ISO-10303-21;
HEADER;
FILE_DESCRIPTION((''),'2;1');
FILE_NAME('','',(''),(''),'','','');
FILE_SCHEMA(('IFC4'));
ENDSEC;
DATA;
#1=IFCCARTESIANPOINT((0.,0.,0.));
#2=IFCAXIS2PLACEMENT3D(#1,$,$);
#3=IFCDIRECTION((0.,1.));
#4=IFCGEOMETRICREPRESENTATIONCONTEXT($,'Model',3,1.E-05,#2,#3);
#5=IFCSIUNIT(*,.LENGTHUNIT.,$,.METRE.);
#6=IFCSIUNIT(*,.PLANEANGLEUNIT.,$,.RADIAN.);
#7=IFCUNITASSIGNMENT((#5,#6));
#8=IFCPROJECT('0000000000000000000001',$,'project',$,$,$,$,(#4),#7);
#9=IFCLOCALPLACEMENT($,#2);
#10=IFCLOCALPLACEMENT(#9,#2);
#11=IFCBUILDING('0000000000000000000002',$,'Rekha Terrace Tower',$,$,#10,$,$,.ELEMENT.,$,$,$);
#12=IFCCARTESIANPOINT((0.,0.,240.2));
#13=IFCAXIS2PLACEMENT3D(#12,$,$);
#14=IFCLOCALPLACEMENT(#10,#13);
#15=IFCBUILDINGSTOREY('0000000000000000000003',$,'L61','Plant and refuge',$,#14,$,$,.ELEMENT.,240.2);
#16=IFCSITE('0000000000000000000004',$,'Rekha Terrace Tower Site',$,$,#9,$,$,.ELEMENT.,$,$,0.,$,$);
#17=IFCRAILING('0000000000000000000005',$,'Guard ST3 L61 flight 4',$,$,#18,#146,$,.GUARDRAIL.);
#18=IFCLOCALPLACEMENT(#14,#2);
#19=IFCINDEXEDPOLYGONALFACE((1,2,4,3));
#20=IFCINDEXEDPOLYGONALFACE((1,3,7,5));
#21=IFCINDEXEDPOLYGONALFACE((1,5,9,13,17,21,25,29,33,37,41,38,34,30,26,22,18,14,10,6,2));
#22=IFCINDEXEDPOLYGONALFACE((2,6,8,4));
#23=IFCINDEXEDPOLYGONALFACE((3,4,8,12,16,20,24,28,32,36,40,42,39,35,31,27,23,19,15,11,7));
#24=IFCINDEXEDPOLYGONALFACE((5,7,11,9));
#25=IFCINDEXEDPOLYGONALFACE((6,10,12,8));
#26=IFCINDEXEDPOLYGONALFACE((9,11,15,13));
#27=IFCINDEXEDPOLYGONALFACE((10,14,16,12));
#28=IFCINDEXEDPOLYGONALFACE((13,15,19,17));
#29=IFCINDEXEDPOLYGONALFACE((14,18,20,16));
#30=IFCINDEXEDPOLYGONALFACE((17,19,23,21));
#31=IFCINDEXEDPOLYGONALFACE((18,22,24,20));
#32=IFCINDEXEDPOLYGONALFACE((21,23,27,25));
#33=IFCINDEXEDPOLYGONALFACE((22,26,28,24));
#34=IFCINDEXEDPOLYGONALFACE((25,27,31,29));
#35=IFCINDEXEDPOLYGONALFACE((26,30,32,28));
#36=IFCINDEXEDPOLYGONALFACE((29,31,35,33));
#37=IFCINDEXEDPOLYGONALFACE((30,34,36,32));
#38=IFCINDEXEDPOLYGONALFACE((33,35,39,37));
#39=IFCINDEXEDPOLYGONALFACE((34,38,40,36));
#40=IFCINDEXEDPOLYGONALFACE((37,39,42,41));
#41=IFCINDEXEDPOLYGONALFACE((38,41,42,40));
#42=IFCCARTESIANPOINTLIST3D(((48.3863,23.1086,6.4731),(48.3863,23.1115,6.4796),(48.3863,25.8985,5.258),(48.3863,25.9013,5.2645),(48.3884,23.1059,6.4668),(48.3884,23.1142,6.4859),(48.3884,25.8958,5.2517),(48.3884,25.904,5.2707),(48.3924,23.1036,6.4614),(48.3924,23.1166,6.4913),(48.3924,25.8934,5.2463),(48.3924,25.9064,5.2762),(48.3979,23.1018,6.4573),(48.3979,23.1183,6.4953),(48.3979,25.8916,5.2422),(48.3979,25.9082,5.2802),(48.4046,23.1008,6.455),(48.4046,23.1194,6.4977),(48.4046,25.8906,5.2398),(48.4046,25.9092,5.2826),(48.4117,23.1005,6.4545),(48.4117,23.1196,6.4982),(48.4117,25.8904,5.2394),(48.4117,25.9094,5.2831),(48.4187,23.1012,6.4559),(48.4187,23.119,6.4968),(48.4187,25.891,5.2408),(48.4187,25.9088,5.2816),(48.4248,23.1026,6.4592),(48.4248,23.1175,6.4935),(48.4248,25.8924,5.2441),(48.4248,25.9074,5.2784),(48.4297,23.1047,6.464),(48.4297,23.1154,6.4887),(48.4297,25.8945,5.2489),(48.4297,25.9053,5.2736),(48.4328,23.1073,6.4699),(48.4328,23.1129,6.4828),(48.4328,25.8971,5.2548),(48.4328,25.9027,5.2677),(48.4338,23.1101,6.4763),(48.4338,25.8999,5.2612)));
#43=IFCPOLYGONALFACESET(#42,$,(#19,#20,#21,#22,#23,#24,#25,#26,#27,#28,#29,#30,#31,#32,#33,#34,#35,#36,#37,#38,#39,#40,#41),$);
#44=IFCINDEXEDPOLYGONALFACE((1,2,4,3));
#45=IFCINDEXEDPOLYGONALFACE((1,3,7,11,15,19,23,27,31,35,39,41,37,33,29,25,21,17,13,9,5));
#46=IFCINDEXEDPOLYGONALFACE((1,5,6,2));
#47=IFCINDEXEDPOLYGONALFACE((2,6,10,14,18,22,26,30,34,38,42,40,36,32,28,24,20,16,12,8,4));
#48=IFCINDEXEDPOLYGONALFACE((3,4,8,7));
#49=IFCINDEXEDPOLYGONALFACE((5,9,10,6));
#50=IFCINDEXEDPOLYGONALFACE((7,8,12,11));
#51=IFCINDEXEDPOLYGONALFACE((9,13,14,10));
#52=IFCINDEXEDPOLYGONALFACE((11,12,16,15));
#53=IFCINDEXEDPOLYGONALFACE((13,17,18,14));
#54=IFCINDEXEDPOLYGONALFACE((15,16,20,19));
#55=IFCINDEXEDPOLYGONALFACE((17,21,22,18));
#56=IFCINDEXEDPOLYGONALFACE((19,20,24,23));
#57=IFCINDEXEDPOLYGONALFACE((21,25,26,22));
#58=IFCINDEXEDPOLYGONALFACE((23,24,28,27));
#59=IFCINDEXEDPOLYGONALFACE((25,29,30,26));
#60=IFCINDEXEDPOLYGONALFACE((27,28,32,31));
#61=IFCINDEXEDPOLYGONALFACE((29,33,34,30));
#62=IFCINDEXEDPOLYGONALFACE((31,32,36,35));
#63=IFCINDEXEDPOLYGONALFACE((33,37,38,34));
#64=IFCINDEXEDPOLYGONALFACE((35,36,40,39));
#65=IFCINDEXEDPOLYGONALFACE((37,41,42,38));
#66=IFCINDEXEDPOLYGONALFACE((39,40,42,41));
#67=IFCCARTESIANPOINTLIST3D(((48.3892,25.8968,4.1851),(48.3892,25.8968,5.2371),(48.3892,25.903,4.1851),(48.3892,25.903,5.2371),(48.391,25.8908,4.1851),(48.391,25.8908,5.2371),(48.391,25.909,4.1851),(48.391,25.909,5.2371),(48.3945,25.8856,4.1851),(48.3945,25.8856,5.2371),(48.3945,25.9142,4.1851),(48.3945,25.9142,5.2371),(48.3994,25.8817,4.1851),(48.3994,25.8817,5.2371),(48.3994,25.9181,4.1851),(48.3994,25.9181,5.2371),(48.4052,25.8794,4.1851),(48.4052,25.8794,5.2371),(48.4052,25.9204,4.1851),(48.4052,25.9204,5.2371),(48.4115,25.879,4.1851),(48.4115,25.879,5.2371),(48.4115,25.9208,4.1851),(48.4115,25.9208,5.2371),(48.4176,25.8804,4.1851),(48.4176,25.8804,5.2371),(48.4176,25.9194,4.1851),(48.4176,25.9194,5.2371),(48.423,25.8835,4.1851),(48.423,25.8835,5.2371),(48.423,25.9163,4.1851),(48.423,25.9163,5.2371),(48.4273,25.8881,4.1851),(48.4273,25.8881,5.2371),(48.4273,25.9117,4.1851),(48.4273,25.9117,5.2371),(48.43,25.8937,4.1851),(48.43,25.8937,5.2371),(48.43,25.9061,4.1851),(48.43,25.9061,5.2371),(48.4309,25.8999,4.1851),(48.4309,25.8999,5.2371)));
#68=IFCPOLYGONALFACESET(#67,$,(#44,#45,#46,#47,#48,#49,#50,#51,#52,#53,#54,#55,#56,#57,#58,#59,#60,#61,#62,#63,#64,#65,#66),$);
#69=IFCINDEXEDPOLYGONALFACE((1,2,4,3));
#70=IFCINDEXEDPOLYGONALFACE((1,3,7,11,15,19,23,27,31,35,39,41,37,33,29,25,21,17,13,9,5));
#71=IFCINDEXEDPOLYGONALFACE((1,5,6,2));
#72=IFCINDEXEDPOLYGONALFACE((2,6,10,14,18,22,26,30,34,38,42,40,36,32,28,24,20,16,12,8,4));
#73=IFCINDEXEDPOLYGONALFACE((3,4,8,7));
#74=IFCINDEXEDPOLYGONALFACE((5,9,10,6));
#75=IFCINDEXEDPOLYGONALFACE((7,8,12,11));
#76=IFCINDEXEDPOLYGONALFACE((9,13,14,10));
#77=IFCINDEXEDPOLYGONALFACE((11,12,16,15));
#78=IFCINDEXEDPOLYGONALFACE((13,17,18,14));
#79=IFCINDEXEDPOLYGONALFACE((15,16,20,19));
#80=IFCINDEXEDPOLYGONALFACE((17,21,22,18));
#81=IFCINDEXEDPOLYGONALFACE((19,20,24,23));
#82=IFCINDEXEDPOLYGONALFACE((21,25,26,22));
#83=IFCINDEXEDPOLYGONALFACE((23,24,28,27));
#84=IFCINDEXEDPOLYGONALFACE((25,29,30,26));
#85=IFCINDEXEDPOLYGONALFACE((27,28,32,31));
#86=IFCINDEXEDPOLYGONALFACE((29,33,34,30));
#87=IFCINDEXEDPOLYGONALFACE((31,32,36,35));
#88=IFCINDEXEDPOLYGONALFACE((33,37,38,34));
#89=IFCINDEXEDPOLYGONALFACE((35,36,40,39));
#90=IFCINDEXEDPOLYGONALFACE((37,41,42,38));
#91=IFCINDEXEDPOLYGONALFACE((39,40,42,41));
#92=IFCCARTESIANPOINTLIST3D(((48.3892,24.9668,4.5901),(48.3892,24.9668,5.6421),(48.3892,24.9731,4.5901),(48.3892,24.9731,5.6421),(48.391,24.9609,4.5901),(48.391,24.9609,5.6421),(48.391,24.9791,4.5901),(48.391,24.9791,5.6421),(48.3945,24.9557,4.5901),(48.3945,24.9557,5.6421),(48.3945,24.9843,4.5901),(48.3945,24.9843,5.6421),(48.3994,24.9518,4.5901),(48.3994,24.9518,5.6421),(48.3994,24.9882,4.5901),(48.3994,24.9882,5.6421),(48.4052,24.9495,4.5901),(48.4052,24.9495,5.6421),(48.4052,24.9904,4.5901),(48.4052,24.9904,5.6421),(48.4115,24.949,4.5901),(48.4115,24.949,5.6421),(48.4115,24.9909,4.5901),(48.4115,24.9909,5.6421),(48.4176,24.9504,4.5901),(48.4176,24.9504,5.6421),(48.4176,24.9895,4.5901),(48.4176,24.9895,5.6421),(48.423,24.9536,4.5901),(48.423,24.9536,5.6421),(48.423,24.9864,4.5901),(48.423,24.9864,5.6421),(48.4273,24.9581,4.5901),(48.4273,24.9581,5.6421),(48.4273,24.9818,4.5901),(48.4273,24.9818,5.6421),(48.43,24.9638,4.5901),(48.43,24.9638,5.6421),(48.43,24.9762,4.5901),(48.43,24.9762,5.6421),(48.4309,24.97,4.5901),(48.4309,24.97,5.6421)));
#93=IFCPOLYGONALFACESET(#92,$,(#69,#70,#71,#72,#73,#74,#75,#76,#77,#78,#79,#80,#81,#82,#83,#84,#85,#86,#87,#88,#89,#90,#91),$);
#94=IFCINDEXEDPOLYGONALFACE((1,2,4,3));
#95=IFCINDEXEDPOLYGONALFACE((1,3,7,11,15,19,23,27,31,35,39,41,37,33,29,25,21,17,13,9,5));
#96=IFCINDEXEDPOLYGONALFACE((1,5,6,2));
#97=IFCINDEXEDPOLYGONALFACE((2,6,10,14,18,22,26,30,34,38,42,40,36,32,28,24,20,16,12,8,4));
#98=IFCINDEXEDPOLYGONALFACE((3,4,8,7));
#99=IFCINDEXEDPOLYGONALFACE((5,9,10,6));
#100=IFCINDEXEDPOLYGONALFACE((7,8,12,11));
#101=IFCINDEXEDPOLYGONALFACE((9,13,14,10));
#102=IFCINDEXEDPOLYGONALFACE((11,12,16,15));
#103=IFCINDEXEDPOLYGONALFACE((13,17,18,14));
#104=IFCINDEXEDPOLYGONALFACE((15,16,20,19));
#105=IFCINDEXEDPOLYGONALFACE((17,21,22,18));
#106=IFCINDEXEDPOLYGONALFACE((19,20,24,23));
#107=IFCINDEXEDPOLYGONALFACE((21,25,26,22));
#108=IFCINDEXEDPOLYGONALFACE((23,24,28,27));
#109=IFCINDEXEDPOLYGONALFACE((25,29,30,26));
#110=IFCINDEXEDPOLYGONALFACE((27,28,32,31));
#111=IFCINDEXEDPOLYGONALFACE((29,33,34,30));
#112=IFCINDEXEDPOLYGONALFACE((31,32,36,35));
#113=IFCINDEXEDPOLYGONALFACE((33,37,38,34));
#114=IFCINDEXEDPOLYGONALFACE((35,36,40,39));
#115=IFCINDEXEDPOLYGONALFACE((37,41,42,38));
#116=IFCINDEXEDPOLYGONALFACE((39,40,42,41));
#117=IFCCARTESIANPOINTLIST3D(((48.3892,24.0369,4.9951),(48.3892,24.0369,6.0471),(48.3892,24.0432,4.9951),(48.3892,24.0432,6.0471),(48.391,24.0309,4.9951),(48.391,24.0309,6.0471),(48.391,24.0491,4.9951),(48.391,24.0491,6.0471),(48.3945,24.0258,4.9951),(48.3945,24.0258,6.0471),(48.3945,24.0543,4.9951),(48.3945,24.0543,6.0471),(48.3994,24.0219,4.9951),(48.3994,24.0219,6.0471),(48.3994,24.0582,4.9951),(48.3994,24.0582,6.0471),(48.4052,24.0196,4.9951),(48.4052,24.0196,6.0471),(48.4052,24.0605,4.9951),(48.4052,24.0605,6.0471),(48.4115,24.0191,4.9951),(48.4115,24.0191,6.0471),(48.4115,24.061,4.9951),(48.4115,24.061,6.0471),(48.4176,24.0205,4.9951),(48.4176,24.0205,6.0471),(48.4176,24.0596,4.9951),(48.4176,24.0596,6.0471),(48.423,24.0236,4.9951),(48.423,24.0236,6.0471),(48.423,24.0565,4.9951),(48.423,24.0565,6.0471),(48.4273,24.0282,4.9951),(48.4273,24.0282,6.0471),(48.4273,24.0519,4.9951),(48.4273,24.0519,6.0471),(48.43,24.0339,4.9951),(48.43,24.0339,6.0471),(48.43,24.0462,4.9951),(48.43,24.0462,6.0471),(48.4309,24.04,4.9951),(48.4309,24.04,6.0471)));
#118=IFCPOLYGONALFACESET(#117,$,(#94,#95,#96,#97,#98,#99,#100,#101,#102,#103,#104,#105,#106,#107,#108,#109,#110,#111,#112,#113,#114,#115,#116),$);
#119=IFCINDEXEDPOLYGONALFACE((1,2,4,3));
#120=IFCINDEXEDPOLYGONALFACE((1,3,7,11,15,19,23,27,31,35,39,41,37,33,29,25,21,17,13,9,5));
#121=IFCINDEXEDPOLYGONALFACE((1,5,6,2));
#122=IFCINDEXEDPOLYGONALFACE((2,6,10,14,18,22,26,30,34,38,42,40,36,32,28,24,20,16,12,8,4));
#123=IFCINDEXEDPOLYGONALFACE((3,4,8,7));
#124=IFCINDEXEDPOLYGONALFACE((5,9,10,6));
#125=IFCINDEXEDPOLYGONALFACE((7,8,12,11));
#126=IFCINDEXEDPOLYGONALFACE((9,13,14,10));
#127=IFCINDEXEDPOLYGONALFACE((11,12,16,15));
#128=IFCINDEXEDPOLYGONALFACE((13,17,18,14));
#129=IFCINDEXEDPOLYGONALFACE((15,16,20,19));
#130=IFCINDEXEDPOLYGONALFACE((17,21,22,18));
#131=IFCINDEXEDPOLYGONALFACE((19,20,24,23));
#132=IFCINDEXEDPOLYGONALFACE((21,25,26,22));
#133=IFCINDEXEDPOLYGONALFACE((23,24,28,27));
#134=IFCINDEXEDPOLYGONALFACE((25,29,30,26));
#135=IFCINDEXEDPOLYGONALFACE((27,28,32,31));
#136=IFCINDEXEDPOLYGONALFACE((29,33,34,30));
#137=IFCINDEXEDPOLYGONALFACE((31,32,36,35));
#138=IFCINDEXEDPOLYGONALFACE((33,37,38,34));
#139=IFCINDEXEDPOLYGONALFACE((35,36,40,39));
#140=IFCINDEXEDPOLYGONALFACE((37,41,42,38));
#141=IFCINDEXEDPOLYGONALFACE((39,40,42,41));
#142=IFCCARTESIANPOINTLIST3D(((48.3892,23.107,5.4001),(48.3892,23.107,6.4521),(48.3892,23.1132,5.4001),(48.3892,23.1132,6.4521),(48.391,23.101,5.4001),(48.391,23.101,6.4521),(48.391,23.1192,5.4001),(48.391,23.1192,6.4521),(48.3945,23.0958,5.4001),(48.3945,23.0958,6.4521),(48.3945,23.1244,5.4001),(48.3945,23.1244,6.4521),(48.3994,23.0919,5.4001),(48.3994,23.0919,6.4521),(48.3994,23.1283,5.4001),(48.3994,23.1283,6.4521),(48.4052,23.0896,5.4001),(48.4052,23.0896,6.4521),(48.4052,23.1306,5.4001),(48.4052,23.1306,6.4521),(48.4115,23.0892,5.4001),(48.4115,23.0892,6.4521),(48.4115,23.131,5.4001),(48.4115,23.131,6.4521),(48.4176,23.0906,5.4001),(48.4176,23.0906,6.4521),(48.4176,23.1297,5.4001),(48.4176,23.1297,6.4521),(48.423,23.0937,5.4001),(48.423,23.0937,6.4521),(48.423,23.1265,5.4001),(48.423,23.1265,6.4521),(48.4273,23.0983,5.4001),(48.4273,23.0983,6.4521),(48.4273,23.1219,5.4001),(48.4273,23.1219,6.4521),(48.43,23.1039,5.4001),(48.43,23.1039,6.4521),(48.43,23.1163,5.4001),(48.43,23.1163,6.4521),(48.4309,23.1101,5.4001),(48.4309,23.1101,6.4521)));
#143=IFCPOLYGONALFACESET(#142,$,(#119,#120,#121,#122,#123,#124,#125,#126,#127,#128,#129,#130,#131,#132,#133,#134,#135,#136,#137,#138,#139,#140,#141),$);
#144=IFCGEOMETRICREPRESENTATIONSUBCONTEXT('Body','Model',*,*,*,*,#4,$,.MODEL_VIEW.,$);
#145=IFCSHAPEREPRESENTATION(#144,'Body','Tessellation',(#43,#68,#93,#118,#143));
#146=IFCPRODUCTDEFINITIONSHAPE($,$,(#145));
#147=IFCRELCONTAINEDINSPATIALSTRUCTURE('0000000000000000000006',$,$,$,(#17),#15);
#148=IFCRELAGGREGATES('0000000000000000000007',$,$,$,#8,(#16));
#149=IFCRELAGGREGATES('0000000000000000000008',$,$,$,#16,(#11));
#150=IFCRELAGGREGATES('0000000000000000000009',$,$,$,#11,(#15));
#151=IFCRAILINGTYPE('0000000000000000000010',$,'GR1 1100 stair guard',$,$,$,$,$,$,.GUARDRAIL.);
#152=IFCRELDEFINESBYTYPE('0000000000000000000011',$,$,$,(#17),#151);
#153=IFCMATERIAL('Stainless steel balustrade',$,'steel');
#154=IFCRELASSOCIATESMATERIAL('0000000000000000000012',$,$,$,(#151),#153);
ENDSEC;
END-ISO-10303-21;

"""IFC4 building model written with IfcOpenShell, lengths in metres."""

from ifc_helpers import new_model, si_unit, direction, frame, origin, origin_2d, place, context, subcontext, project, spatial, circle, extrude, material, type_object, element, save


model = new_model("IFC4")

# Units and contexts
model_context = context("Model", 3, precision=1e-05, world=origin(), true_north=direction((0.0, 1.0)))
body_context = subcontext(model_context, "Body", "Model", "MODEL_VIEW")
ifc_project = project(units=[si_unit("LENGTHUNIT", "METRE"), si_unit("PLANEANGLEUNIT", "RADIAN")], contexts=[model_context])

# Site, building, storey
site_placement = place(None, origin())
site = spatial("IfcSite", under=ifc_project, at=site_placement, Name="Rekha Terrace Tower Site", CompositionType="ELEMENT", RefElevation=0.0)
building_placement = place(site_placement, origin())
building = spatial("IfcBuilding", under=site, at=building_placement, Name="Rekha Terrace Tower", CompositionType="ELEMENT")
storey_placement = place(building_placement, frame((0.0, 0.0, 240.2)))
storey = spatial("IfcBuildingStorey", under=building, at=storey_placement, Name="L61", Description="Plant and refuge", CompositionType="ELEMENT", Elevation=240.2)

# Railing
ifc_material_1 = material(Name="Stainless steel balustrade", Category="steel")
railing_type_1 = type_object("IfcRailingType", Name="GR1 1100 stair guard", PredefinedType="GUARDRAIL", material=ifc_material_1)
railing_1_placement = place(storey_placement, frame((48.4099, 25.8999, 4.1851)))
element("IfcRailing", 1, at=railing_1_placement, inside=storey, type_object=railing_type_1, Name="Guard ST3 L61 flight 4", PredefinedType="GUARDRAIL", context=body_context, shape_type="SweptSolid", body=[
    extrude(circle(Radius=0.0239, at=origin_2d()), frame((0.0, 0.0, 1.0762), z_axis=(0.0, -0.916813, 0.399316), x_axis=(1.0, 0.0, 0.0)), (0.0, 0.0, 1.0), 3.043),
    extrude(circle(Radius=0.021, at=origin_2d()), origin(), (0.0, 0.0, 1.0), 1.052),
    extrude(circle(Radius=0.021, at=origin_2d()), frame((0.0, -0.9299, 0.405)), (0.0, 0.0, 1.0), 1.052),
    extrude(circle(Radius=0.021, at=origin_2d()), frame((0.0, -1.8599, 0.8101)), (0.0, 0.0, 1.0), 1.052),
    extrude(circle(Radius=0.021, at=origin_2d()), frame((0.0, -2.7898, 1.2151)), (0.0, 0.0, 1.0), 1.052),
])

save(model, "model.ifc")
